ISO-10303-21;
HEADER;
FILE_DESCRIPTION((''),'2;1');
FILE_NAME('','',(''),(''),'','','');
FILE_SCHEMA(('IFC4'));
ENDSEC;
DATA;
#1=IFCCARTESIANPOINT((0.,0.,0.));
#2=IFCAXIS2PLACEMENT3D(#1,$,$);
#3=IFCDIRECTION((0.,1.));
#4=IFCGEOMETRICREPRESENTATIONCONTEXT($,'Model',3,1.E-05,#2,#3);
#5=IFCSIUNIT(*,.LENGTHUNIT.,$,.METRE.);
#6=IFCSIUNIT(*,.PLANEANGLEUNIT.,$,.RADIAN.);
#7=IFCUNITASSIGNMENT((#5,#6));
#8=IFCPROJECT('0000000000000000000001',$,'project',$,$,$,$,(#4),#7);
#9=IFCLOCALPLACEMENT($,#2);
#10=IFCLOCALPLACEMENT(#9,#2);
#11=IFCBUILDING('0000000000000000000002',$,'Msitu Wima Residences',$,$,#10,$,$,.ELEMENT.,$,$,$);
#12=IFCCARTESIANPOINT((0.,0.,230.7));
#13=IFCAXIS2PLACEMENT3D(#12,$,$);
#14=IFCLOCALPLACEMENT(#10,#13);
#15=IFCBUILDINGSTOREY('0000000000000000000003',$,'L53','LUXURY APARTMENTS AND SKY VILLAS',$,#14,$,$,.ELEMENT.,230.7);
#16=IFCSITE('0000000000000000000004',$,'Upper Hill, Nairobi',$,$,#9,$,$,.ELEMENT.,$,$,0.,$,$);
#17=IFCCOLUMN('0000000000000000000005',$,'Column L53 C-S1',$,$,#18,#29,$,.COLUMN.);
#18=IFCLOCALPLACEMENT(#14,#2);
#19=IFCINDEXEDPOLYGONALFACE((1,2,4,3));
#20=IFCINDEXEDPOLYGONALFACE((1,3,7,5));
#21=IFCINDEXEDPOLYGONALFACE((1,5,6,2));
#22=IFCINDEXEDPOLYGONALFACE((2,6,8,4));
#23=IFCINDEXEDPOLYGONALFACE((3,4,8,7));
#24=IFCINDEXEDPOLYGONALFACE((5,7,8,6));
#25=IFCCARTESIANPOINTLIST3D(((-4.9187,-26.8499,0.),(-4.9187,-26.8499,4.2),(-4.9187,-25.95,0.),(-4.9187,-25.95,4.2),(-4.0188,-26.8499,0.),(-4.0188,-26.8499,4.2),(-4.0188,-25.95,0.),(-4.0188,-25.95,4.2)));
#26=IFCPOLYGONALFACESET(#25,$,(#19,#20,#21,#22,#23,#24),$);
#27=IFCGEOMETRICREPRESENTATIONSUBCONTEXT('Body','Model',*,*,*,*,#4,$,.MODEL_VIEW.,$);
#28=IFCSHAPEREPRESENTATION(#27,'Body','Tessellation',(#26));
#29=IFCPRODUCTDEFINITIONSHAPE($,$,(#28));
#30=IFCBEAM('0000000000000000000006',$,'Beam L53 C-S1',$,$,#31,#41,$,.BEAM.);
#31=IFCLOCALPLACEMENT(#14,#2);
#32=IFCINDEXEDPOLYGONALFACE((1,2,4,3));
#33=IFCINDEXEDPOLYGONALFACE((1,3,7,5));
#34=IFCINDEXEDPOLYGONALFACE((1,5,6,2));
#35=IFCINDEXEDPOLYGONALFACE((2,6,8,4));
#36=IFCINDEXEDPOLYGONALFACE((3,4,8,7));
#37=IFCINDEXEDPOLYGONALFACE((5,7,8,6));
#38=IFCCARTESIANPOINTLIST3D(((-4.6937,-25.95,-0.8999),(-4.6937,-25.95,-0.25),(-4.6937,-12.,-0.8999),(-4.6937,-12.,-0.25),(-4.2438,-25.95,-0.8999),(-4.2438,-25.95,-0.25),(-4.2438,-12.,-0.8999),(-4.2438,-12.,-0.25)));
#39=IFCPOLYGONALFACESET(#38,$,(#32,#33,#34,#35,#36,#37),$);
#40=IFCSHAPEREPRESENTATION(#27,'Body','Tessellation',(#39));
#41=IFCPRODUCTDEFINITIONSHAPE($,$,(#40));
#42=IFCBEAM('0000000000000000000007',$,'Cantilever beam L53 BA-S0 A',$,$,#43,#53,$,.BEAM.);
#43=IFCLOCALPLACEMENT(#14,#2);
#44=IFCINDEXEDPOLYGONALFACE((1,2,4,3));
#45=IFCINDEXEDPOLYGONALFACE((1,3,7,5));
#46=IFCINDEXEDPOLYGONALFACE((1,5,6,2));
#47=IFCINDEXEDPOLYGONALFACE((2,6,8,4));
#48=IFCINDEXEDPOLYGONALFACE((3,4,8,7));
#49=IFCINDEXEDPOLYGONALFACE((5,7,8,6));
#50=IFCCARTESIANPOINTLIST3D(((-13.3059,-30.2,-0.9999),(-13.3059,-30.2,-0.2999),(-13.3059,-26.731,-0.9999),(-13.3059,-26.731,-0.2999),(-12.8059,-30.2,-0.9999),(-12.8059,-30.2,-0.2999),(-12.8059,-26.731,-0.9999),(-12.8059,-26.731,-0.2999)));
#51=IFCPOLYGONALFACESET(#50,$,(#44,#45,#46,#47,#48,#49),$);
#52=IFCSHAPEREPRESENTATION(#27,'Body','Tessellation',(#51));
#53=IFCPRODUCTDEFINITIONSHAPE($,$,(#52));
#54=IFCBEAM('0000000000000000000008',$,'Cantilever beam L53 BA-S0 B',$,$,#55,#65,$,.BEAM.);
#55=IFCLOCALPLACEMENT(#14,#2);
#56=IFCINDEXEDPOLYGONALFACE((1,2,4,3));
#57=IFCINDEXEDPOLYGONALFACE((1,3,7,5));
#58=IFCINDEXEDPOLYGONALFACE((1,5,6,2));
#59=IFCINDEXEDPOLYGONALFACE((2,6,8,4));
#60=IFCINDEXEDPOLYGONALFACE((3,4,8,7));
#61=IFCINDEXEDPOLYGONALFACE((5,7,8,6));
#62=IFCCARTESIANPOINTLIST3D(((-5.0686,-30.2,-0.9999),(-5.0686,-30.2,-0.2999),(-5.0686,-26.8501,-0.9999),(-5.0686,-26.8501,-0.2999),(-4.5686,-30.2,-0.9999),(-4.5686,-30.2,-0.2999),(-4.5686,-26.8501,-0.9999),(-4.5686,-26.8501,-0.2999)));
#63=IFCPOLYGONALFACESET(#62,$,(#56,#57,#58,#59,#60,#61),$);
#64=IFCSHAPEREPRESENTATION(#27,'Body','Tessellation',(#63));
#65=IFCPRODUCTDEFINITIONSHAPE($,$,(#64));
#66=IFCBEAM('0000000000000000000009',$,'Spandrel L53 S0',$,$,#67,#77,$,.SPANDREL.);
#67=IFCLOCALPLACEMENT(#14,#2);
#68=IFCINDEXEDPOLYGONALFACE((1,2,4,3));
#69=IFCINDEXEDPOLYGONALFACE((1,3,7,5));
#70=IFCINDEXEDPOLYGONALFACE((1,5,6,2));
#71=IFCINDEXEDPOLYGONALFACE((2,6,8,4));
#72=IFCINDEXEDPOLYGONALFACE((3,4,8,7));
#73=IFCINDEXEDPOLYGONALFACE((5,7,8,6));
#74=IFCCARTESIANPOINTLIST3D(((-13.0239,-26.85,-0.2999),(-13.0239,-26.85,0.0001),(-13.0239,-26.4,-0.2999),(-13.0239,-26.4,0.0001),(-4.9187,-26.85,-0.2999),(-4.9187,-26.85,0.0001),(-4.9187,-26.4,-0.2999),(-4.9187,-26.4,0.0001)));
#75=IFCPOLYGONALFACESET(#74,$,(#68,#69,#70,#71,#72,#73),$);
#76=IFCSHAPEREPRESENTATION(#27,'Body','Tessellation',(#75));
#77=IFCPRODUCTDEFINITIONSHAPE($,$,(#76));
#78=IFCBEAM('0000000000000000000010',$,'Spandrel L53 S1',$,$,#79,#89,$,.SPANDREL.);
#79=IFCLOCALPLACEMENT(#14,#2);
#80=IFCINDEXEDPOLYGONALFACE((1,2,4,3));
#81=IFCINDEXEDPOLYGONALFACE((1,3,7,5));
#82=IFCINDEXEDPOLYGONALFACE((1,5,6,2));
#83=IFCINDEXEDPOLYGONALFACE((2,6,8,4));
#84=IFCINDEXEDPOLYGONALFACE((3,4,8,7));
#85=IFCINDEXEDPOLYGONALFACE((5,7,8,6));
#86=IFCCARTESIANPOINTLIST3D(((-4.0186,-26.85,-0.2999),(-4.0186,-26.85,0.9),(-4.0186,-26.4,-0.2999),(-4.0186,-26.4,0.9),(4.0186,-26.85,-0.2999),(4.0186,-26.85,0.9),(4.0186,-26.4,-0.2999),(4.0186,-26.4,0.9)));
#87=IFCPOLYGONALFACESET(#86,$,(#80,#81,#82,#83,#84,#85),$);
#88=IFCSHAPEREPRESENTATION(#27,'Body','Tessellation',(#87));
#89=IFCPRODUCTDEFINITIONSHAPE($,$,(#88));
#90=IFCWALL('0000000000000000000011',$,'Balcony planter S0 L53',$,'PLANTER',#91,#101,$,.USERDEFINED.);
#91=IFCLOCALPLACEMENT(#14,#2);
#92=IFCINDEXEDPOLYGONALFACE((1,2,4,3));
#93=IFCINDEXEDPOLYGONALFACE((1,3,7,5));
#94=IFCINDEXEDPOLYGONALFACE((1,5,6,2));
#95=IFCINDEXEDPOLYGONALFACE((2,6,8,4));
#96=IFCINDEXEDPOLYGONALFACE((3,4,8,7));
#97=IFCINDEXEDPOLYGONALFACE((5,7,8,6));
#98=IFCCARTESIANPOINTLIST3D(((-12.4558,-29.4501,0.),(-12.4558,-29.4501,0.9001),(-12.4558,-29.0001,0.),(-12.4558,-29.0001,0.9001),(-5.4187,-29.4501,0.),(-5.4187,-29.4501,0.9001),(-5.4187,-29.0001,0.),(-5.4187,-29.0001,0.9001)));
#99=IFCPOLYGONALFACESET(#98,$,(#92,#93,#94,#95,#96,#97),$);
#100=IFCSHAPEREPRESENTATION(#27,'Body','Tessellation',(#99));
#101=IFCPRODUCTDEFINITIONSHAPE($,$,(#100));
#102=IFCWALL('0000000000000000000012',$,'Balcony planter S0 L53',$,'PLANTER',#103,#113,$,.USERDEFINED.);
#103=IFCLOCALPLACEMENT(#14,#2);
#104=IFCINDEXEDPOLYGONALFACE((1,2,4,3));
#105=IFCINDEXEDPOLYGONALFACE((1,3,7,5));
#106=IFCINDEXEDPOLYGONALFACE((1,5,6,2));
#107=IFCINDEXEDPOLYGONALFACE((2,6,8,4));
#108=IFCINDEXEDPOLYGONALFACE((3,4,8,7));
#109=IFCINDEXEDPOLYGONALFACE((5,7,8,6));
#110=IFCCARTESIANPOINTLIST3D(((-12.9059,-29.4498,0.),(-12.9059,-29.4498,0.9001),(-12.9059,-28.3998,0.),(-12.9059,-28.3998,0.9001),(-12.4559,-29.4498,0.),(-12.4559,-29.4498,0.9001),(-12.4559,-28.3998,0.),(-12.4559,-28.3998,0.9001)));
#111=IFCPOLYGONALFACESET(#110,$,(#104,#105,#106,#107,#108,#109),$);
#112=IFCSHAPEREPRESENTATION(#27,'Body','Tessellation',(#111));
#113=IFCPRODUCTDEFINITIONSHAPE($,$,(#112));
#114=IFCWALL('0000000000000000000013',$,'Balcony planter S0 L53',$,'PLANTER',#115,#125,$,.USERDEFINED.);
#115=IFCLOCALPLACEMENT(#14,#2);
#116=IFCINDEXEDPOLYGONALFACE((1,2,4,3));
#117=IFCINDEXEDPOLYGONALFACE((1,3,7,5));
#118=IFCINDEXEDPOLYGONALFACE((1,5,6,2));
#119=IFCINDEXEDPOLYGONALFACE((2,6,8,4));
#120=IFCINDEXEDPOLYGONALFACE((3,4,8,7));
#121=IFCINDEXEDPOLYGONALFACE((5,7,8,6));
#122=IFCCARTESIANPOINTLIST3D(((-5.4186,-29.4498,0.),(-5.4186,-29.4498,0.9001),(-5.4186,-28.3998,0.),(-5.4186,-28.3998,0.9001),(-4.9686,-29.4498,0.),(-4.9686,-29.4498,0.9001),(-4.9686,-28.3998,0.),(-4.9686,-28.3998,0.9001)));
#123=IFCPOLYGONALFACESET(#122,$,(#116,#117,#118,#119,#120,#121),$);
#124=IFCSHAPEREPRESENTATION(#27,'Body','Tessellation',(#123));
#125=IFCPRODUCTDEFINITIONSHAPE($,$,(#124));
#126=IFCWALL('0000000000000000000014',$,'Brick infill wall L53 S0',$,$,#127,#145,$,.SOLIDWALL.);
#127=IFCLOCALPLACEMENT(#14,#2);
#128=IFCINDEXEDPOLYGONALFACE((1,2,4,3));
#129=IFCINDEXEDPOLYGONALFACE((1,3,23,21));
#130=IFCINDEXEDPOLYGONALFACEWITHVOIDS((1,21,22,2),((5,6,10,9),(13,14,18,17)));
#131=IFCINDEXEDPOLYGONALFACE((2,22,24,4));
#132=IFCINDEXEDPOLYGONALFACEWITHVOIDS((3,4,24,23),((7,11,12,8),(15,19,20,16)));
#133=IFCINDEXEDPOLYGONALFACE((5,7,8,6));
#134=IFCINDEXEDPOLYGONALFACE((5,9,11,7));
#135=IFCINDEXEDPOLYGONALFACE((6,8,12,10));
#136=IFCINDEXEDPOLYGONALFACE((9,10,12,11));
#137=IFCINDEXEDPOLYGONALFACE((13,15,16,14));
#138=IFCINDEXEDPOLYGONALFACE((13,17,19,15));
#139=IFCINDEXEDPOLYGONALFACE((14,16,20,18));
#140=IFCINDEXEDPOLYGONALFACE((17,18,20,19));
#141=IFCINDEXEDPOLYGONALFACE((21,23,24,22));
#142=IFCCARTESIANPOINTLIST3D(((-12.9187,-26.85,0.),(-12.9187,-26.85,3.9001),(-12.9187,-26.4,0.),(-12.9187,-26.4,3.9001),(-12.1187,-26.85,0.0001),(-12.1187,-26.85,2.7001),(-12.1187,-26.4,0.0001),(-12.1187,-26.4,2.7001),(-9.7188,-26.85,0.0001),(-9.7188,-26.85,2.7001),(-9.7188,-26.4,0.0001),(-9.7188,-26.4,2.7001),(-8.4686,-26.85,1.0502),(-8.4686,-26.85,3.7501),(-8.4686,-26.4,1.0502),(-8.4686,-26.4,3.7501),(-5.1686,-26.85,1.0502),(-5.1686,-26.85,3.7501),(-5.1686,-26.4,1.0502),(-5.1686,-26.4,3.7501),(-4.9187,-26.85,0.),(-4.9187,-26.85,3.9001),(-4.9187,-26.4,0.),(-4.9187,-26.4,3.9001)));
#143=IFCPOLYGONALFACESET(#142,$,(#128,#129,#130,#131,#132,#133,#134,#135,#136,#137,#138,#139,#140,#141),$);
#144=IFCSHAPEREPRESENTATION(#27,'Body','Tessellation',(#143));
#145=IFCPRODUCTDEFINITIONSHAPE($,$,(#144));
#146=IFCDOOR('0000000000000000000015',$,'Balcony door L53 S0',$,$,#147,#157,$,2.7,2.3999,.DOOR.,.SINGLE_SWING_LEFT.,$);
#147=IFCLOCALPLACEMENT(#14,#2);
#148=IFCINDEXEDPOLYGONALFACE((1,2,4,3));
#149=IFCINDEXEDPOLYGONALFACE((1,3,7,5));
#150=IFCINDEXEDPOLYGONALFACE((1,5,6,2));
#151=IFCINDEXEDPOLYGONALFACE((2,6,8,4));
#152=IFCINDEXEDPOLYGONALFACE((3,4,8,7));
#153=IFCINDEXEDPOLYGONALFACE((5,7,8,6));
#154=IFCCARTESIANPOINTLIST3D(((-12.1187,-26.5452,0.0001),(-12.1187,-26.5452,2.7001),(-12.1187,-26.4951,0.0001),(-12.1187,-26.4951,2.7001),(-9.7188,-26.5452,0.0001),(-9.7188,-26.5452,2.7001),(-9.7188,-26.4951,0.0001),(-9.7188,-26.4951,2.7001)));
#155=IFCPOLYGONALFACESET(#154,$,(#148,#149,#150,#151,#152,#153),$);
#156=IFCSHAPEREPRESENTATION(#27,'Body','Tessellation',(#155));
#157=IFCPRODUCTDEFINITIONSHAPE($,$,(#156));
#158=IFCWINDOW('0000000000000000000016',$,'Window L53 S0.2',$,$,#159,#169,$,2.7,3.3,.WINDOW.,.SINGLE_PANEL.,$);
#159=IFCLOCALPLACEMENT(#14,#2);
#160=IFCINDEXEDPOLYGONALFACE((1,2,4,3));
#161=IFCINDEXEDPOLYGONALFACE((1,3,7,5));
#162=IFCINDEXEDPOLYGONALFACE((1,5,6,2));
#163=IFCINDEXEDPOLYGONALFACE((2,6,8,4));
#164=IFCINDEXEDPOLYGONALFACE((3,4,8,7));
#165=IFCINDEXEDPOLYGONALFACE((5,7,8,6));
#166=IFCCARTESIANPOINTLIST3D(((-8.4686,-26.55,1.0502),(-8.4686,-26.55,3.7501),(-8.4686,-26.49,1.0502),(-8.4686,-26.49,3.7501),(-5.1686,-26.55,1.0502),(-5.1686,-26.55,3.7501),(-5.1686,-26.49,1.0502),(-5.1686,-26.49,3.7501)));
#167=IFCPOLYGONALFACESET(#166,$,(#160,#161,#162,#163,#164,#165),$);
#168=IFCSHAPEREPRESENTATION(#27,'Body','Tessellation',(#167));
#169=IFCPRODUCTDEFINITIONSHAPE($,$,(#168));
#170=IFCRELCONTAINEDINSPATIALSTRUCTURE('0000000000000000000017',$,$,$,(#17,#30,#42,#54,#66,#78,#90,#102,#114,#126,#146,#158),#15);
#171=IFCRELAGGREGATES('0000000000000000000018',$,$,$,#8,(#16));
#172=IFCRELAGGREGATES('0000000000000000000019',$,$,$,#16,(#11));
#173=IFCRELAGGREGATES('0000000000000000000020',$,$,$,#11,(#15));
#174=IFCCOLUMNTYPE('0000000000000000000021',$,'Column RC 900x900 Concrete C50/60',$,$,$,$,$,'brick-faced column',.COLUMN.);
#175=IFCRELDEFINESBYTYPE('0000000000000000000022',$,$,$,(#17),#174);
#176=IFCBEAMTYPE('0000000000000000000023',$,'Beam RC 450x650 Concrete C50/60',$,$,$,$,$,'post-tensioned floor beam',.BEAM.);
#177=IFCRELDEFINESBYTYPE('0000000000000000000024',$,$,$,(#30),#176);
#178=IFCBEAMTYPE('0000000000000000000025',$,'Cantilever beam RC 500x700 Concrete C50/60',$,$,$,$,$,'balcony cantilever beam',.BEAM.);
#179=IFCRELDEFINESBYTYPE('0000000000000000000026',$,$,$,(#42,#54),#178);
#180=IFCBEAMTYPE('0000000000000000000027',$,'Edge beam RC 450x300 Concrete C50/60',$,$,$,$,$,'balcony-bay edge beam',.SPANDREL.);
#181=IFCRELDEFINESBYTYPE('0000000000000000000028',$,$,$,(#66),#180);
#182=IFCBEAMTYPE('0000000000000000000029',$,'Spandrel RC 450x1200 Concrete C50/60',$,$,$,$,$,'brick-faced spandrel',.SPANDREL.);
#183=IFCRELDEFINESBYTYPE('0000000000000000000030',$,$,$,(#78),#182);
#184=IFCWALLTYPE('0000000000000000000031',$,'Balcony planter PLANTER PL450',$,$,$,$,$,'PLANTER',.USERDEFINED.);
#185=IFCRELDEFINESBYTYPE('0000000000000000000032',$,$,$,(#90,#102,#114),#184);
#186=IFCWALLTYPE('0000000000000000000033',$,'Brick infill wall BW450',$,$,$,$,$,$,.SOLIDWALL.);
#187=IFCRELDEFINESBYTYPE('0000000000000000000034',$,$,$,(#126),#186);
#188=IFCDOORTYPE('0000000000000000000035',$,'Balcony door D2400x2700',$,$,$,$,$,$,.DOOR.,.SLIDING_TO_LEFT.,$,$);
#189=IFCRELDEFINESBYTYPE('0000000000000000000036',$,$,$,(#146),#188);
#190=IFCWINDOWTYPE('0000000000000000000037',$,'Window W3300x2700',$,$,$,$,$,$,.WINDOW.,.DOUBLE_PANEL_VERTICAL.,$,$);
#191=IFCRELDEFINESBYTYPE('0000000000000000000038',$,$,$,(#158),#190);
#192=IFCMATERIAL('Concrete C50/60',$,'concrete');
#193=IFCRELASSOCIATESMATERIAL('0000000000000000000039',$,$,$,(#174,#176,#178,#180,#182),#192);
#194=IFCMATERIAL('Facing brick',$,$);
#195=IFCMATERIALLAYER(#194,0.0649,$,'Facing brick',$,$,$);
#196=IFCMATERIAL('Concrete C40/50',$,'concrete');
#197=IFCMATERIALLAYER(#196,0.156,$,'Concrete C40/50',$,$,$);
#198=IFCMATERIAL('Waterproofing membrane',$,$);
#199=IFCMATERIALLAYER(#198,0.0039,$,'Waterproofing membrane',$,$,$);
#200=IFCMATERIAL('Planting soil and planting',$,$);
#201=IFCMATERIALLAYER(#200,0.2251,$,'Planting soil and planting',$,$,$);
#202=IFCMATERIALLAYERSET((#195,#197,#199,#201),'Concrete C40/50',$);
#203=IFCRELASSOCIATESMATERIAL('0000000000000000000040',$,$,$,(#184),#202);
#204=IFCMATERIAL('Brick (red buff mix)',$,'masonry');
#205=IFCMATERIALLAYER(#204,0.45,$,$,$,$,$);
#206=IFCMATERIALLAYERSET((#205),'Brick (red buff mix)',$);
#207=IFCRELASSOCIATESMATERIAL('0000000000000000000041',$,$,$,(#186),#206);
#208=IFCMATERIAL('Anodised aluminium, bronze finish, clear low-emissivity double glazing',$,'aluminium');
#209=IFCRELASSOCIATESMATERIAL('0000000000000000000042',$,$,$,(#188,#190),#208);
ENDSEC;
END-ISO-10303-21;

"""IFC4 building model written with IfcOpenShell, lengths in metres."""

from ifc_helpers import new_model, si_unit, direction, frame, frame_2d, origin, origin_2d, place, context, subcontext, project, spatial, rectangle, extrude, material, layer, layer_set, material_profile, profile_set, type_object, element, fill, save


model = new_model("IFC4")

# Units and contexts
model_context = context("Model", 3, precision=1e-05, world=origin(), true_north=direction((0.0, 1.0)))
body_context = subcontext(model_context, "Body", "Model", "MODEL_VIEW")
ifc_project = project(units=[si_unit("LENGTHUNIT", "METRE"), si_unit("PLANEANGLEUNIT", "RADIAN")], contexts=[model_context])

# Site, building, storey
site_placement = place(None, origin())
site = spatial("IfcSite", under=ifc_project, at=site_placement, Name="Upper Hill, Nairobi", CompositionType="ELEMENT", RefElevation=0.0)
building_placement = place(site_placement, origin())
building = spatial("IfcBuilding", under=site, at=building_placement, Name="Msitu Wima Residences", CompositionType="ELEMENT")
storey_placement = place(building_placement, frame((0.0, 0.0, 230.7)))
storey = spatial("IfcBuildingStorey", under=building, at=storey_placement, Name="L53", Description="LUXURY APARTMENTS AND SKY VILLAS", CompositionType="ELEMENT", Elevation=230.7)

# Column
ifc_material_1 = material(Name="Concrete C50/60", Category="concrete")
ifc_material_profile_1 = material_profile(ifc_material_1, rectangle(XDim=0.8999, YDim=0.8999, at=origin_2d()), Name="RC 900x900")
ifc_profile_set_1 = profile_set([ifc_material_profile_1], Name="Concrete C50/60")
column_type = type_object("IfcColumnType", Name="Column RC 900x900 Concrete C50/60", ElementType="brick-faced column", PredefinedType="COLUMN", material=ifc_profile_set_1)
column_placement = place(storey_placement, frame((-4.4688, -26.3999, 0.0), z_axis=(0.0, 0.0, 1.0), x_axis=(1.0, 0.0, 0.0)))
element("IfcColumn", 1, at=column_placement, inside=storey, type_object=column_type, Name="Column L53 C-S1", PredefinedType="COLUMN", context=body_context, shape_type="SweptSolid", body=[
    extrude(rectangle(XDim=0.8999, YDim=0.8999, at=origin_2d()), origin(), (0.0, 0.0, 1.0), 4.2),
])

# Beams
ifc_material_profile_2 = material_profile(ifc_material_1, rectangle(XDim=0.45, YDim=0.6499, at=origin_2d()), Name="RC 450x650")
ifc_profile_set_2 = profile_set([ifc_material_profile_2], Name="Concrete C50/60")
beam_type_1 = type_object("IfcBeamType", Name="Beam RC 450x650 Concrete C50/60", ElementType="post-tensioned floor beam", PredefinedType="BEAM", material=ifc_profile_set_2)
beam_1_placement = place(storey_placement, frame((-4.4688, -25.95, -0.575), z_axis=(0.0, 1.0, 0.0), x_axis=(-1.0, 0.0, 0.0)))
element("IfcBeam", 2, at=beam_1_placement, inside=storey, type_object=beam_type_1, Name="Beam L53 C-S1", PredefinedType="BEAM", context=body_context, shape_type="SweptSolid", body=[
    extrude(rectangle(XDim=0.45, YDim=0.6499, at=origin_2d()), origin(), (0.0, 0.0, 1.0), 13.95),
])
ifc_material_profile_3 = material_profile(ifc_material_1, rectangle(XDim=0.5, YDim=0.7, at=origin_2d()), Name="RC 500x700")
ifc_profile_set_3 = profile_set([ifc_material_profile_3], Name="Concrete C50/60")
beam_type_2 = type_object("IfcBeamType", Name="Cantilever beam RC 500x700 Concrete C50/60", ElementType="balcony cantilever beam", PredefinedType="BEAM", material=ifc_profile_set_3)
beam_2_placement = place(storey_placement, frame((-13.0559, -26.731, -0.6499), z_axis=(0.0, -1.0, 0.0), x_axis=(1.0, 0.0, 0.0)))
element("IfcBeam", 3, at=beam_2_placement, inside=storey, type_object=beam_type_2, Name="Cantilever beam L53 BA-S0 A", PredefinedType="BEAM", context=body_context, shape_type="SweptSolid", body=[
    extrude(rectangle(XDim=0.5, YDim=0.7, at=origin_2d()), origin(), (0.0, 0.0, 1.0), 3.469),
])
beam_3_placement = place(storey_placement, frame((-4.8186, -26.8501, -0.6499), z_axis=(0.0, -1.0, 0.0), x_axis=(1.0, 0.0, 0.0)))
element("IfcBeam", 4, at=beam_3_placement, inside=storey, type_object=beam_type_2, Name="Cantilever beam L53 BA-S0 B", PredefinedType="BEAM", context=body_context, shape_type="SweptSolid", body=[
    extrude(rectangle(XDim=0.5, YDim=0.7, at=origin_2d()), origin(), (0.0, 0.0, 1.0), 3.3499),
])
ifc_material_profile_4 = material_profile(ifc_material_1, rectangle(XDim=0.45, YDim=0.3, at=origin_2d()), Name="RC 450x300")
ifc_profile_set_4 = profile_set([ifc_material_profile_4], Name="Concrete C50/60")
beam_type_3 = type_object("IfcBeamType", Name="Edge beam RC 450x300 Concrete C50/60", ElementType="balcony-bay edge beam", PredefinedType="SPANDREL", material=ifc_profile_set_4)
beam_4_placement = place(storey_placement, frame((-13.0239, -26.625, -0.1499), z_axis=(1.0, 0.0, 0.0), x_axis=(0.0, 1.0, 0.0)))
element("IfcBeam", 5, at=beam_4_placement, inside=storey, type_object=beam_type_3, Name="Spandrel L53 S0", PredefinedType="SPANDREL", context=body_context, shape_type="SweptSolid", body=[
    extrude(rectangle(XDim=0.45, YDim=0.3, at=origin_2d()), origin(), (0.0, 0.0, 1.0), 8.1052),
])
ifc_material_profile_5 = material_profile(ifc_material_1, rectangle(XDim=0.45, YDim=1.2, at=origin_2d()), Name="RC 450x1200")
ifc_profile_set_5 = profile_set([ifc_material_profile_5], Name="Concrete C50/60")
beam_type_4 = type_object("IfcBeamType", Name="Spandrel RC 450x1200 Concrete C50/60", ElementType="brick-faced spandrel", PredefinedType="SPANDREL", material=ifc_profile_set_5)
beam_5_placement = place(storey_placement, frame((-4.0186, -26.625, 0.3), z_axis=(1.0, 0.0, 0.0), x_axis=(0.0, 1.0, 0.0)))
element("IfcBeam", 6, at=beam_5_placement, inside=storey, type_object=beam_type_4, Name="Spandrel L53 S1", PredefinedType="SPANDREL", context=body_context, shape_type="SweptSolid", body=[
    extrude(rectangle(XDim=0.45, YDim=1.2, at=origin_2d()), origin(), (0.0, 0.0, 1.0), 8.0371),
])

# Walls
ifc_material_2 = material(Name="Facing brick")
ifc_layer_1 = layer(ifc_material_2, 0.0649, Name="Facing brick")
ifc_material_3 = material(Name="Concrete C40/50", Category="concrete")
ifc_layer_2 = layer(ifc_material_3, 0.156, Name="Concrete C40/50")
ifc_material_4 = material(Name="Waterproofing membrane")
ifc_layer_3 = layer(ifc_material_4, 0.0039, Name="Waterproofing membrane")
ifc_material_5 = material(Name="Planting soil and planting")
ifc_layer_4 = layer(ifc_material_5, 0.2251, Name="Planting soil and planting")
ifc_layer_set_1 = layer_set([ifc_layer_1, ifc_layer_2, ifc_layer_3, ifc_layer_4], Name="Concrete C40/50")
wall_type_1 = type_object("IfcWallType", Name="Balcony planter PLANTER PL450", ElementType="PLANTER", PredefinedType="USERDEFINED", material=ifc_layer_set_1)
wall_1_placement = place(storey_placement, frame((-12.4558, -29.2251, 0.0), z_axis=(0.0, 0.0, 1.0), x_axis=(1.0, 0.0, 0.0)))
element("IfcWall", 7, at=wall_1_placement, inside=storey, type_object=wall_type_1, Name="Balcony planter S0 L53", ObjectType="PLANTER", PredefinedType="USERDEFINED", context=body_context, shape_type="SweptSolid", body=[
    extrude(rectangle(XDim=7.0371, YDim=0.45, at=frame_2d((3.5186, 0.0))), origin(), (0.0, 0.0, 1.0), 0.9001),
])
for number, where, z_axis, x_axis, name in (
    (8, (-12.6809, -28.3999, 0.0), (0.0, 0.0, 1.0), (0.0, -1.0, 0.0), "Balcony planter S0 L53"),
    (9, (-5.1936, -28.3999, 0.0), (0.0, 0.0, 1.0), (0.0, -1.0, 0.0), "Balcony planter S0 L53"),
):
    element("IfcWall", number, at=place(storey_placement, frame(where, z_axis=z_axis, x_axis=x_axis)), inside=storey, type_object=wall_type_1, Name=name, ObjectType="PLANTER", PredefinedType="USERDEFINED", context=body_context, shape_type="SweptSolid", body=[
        extrude(rectangle(XDim=1.05, YDim=0.45, at=frame_2d((0.5249, 0.0))), origin(), (0.0, 0.0, 1.0), 0.9001),
    ])

# Wall, openings, door, window
ifc_material_6 = material(Name="Brick (red buff mix)", Category="masonry")
ifc_layer_5 = layer(ifc_material_6, 0.45)
ifc_layer_set_2 = layer_set([ifc_layer_5], Name="Brick (red buff mix)")
wall_type_2 = type_object("IfcWallType", Name="Brick infill wall BW450", PredefinedType="SOLIDWALL", material=ifc_layer_set_2)
wall_2_placement = place(storey_placement, frame((-12.9187, -26.625, 0.0), z_axis=(0.0, 0.0, 1.0), x_axis=(1.0, 0.0, 0.0)))
wall_2 = element("IfcWall", 10, at=wall_2_placement, inside=storey, type_object=wall_type_2, Name="Brick infill wall L53 S0", PredefinedType="SOLIDWALL", context=body_context, shape_type="SweptSolid", body=[
    extrude(rectangle(XDim=8.0, YDim=0.45, at=frame_2d((4.0, 0.0))), origin(), (0.0, 0.0, 1.0), 3.9001),
])
opening_1_placement = place(wall_2_placement, frame((0.8, 0.0, 0.0)))
opening_1 = element("IfcOpeningElement", 11, at=opening_1_placement, cuts=wall_2, PredefinedType="OPENING", context=body_context, shape_type="SweptSolid", body=[
    extrude(rectangle(XDim=2.3999, YDim=2.7, at=frame_2d((1.2, 1.3501))), frame((0.0, 0.2349, 0.0), z_axis=(0.0, -1.0, 0.0), x_axis=(1.0, 0.0, 0.0)), (0.0, 0.0, 1.0), 0.47),
])
opening_2_placement = place(wall_2_placement, frame((4.4502, 0.0, 1.05)))
opening_2 = element("IfcOpeningElement", 12, at=opening_2_placement, cuts=wall_2, PredefinedType="OPENING", context=body_context, shape_type="SweptSolid", body=[
    extrude(rectangle(XDim=3.3, YDim=2.7, at=frame_2d((1.6499, 1.3501))), frame((0.0, 0.2349, 0.0), z_axis=(0.0, -1.0, 0.0), x_axis=(1.0, 0.0, 0.0)), (0.0, 0.0, 1.0), 0.47),
])
ifc_material_7 = material(Name="Anodised aluminium, bronze finish, clear low-emissivity double glazing", Category="aluminium")
door_type_1 = type_object("IfcDoorType", Name="Balcony door D2400x2700", OperationType="SLIDING_TO_LEFT", PredefinedType="DOOR", material=ifc_material_7)
door_1_placement = place(opening_1_placement, origin())
door_1 = element("IfcDoor", 13, at=door_1_placement, inside=storey, type_object=door_type_1, Name="Balcony door L53 S0", OperationType="SINGLE_SWING_LEFT", OverallHeight=2.7, OverallWidth=2.3999, PredefinedType="DOOR", context=body_context, shape_type="SweptSolid", body=[
    extrude(rectangle(XDim=2.3999, YDim=2.7, at=frame_2d((1.2, 1.3501))), frame((0.0, 0.1299, 0.0), z_axis=(0.0, -1.0, 0.0), x_axis=(1.0, 0.0, 0.0)), (0.0, 0.0, 1.0), 0.05),
])
fill(opening_1, door_1)
window_type = type_object("IfcWindowType", Name="Window W3300x2700", PartitioningType="DOUBLE_PANEL_VERTICAL", PredefinedType="WINDOW", material=ifc_material_7)
window_1_placement = place(opening_2_placement, origin())
window_1 = element("IfcWindow", 14, at=window_1_placement, inside=storey, type_object=window_type, Name="Window L53 S0.2", OverallHeight=2.7, OverallWidth=3.3, PartitioningType="SINGLE_PANEL", PredefinedType="WINDOW", context=body_context, shape_type="SweptSolid", body=[
    extrude(rectangle(XDim=3.3, YDim=2.7, at=frame_2d((1.6499, 1.3501))), frame((0.0, 0.135, 0.0), z_axis=(0.0, -1.0, 0.0), x_axis=(1.0, 0.0, 0.0)), (0.0, 0.0, 1.0), 0.0601),
])
fill(opening_2, window_1)

save(model, "model.ifc")
